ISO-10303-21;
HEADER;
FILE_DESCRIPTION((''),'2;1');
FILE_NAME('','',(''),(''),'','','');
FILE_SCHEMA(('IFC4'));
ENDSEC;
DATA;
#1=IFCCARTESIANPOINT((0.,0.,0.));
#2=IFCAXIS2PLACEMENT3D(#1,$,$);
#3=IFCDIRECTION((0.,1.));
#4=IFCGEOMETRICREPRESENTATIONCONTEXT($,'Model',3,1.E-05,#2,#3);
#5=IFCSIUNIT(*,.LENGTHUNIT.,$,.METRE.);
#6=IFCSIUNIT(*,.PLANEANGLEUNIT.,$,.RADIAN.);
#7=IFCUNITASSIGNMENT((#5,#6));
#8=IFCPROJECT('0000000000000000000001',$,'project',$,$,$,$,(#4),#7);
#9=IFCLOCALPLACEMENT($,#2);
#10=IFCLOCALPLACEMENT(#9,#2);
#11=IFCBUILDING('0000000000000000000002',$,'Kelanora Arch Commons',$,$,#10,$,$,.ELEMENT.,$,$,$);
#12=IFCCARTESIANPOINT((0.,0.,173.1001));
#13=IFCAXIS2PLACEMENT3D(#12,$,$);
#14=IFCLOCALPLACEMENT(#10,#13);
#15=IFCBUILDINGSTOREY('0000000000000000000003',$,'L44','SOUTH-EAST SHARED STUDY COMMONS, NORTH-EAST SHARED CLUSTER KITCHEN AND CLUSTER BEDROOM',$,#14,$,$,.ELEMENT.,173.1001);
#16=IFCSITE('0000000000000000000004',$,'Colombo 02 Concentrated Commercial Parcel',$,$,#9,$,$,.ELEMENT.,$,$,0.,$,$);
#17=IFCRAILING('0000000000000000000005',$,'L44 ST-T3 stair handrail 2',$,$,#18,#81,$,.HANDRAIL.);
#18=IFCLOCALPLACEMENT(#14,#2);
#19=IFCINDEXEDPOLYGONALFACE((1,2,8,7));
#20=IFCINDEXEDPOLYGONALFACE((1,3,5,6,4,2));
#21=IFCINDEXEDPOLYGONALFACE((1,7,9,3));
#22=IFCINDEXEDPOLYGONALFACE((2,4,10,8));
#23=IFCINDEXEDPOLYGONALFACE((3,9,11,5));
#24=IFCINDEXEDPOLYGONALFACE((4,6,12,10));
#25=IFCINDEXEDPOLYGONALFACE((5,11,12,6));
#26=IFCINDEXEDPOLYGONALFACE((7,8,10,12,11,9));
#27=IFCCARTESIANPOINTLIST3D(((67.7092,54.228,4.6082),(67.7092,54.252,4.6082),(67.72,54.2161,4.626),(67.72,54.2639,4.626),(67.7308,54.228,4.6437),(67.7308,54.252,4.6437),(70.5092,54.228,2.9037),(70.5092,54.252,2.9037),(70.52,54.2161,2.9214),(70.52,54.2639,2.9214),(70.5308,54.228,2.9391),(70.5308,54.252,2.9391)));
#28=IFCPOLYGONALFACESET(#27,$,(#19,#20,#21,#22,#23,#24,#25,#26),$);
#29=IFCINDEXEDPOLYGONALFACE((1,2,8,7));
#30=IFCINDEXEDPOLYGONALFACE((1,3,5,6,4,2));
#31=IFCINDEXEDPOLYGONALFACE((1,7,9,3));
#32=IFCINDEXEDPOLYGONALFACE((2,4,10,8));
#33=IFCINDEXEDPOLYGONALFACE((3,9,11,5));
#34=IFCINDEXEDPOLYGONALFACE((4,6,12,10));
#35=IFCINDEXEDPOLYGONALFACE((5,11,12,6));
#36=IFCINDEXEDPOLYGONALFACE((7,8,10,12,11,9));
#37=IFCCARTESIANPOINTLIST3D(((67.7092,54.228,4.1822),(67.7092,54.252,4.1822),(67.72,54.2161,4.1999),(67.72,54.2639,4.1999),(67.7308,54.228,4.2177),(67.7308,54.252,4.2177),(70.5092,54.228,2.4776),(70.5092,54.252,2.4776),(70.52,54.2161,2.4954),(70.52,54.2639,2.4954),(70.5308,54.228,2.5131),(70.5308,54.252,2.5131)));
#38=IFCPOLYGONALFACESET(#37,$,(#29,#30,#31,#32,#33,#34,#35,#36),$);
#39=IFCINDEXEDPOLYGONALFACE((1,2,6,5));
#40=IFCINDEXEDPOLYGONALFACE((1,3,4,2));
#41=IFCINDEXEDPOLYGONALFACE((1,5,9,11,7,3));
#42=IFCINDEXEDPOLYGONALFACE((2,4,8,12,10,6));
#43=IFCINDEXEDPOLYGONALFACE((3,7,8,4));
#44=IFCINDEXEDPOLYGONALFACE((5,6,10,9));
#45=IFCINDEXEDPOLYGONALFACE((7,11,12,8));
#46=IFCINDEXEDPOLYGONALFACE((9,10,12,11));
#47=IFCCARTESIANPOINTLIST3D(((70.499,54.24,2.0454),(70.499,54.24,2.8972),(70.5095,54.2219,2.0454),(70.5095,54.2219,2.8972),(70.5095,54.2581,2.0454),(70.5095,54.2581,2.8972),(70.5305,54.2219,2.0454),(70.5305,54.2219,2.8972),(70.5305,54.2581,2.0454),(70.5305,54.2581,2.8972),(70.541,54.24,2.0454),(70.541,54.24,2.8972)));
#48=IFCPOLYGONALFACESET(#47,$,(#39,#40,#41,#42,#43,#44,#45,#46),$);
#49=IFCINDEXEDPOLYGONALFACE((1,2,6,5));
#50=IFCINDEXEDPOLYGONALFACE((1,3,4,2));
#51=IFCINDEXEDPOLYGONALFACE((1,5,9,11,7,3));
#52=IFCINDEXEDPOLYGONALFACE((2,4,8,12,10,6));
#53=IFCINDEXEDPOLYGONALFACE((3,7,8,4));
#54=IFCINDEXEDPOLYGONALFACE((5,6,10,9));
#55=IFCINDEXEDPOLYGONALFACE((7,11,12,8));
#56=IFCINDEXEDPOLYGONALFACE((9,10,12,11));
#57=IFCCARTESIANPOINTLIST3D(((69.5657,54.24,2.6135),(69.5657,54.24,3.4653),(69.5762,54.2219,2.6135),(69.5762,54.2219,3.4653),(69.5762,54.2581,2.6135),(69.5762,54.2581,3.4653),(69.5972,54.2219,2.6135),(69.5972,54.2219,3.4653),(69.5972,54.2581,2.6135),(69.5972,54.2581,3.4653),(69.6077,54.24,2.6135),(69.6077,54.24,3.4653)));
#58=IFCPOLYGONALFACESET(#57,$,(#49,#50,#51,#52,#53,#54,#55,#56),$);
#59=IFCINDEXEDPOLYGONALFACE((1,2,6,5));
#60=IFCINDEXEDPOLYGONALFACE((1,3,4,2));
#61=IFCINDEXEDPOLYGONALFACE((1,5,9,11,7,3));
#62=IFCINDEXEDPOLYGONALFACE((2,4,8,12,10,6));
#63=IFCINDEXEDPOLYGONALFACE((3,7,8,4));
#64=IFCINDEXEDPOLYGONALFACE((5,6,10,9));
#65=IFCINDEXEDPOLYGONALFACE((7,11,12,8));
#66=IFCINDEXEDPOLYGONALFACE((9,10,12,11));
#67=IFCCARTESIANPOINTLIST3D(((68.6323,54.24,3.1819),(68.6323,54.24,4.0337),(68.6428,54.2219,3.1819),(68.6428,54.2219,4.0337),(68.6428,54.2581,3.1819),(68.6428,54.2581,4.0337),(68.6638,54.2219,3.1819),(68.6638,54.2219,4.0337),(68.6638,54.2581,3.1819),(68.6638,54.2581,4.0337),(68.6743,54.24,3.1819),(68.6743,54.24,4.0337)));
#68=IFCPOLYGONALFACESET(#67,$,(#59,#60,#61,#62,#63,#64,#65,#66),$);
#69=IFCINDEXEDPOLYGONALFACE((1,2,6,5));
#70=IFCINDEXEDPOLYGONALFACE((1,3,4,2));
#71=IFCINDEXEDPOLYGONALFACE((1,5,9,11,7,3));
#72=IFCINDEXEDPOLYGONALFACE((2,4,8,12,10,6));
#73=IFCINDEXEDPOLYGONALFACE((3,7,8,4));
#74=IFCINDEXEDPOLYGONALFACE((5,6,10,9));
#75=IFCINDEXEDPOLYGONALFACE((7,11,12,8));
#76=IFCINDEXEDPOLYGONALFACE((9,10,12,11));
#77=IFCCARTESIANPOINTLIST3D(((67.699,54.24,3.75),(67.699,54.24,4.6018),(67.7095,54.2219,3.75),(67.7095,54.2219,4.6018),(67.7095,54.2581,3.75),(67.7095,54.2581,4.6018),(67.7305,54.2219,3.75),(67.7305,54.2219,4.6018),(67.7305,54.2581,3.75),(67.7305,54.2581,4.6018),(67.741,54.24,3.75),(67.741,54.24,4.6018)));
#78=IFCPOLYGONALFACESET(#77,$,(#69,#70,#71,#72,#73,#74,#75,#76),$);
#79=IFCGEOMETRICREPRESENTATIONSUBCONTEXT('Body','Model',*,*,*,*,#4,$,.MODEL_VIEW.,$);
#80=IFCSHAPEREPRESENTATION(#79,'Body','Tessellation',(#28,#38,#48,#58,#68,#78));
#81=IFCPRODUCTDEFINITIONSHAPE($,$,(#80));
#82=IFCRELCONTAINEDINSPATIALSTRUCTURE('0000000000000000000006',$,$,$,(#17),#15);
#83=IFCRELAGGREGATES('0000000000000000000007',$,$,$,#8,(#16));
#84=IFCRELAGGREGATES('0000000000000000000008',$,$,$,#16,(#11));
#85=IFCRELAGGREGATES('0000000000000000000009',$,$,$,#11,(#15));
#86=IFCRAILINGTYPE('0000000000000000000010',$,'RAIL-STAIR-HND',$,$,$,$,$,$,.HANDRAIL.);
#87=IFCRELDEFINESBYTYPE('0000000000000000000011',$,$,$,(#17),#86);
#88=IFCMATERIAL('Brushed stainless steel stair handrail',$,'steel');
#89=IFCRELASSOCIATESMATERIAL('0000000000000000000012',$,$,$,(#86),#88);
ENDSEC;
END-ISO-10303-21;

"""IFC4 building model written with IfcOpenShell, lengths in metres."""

from ifc_helpers import new_model, si_unit, direction, frame, origin, place, context, subcontext, project, spatial, polyline, outline, extrude, material, type_object, element, save


model = new_model("IFC4")

# Units and contexts
model_context = context("Model", 3, precision=1e-05, world=origin(), true_north=direction((0.0, 1.0)))
body_context = subcontext(model_context, "Body", "Model", "MODEL_VIEW")
ifc_project = project(units=[si_unit("LENGTHUNIT", "METRE"), si_unit("PLANEANGLEUNIT", "RADIAN")], contexts=[model_context])

# Site, building, storey
site_placement = place(None, origin())
site = spatial("IfcSite", under=ifc_project, at=site_placement, Name="Colombo 02 Concentrated Commercial Parcel", CompositionType="ELEMENT", RefElevation=0.0)
building_placement = place(site_placement, origin())
building = spatial("IfcBuilding", under=site, at=building_placement, Name="Kelanora Arch Commons", CompositionType="ELEMENT")
storey_placement = place(building_placement, frame((0.0, 0.0, 173.1001)))
storey = spatial("IfcBuildingStorey", under=building, at=storey_placement, Name="L44", Description="SOUTH-EAST SHARED STUDY COMMONS, NORTH-EAST SHARED CLUSTER KITCHEN AND CLUSTER BEDROOM", CompositionType="ELEMENT", Elevation=173.1001)

# Railing
ifc_material_1 = material(Name="Brushed stainless steel stair handrail", Category="steel")
railing_type_1 = type_object("IfcRailingType", Name="RAIL-STAIR-HND", PredefinedType="HANDRAIL", material=ifc_material_1)
railing_1_placement = place(storey_placement, frame((70.52, 54.24, 2.0454)))
element("IfcRailing", 1, at=railing_1_placement, inside=storey, type_object=railing_type_1, Name="L44 ST-T3 stair handrail 2", PredefinedType="HANDRAIL", context=body_context, shape_type="SweptSolid", body=[
    extrude(outline(polyline([(0.0239, 0.0), (0.012, 0.0208), (-0.012, 0.0208), (-0.0239, 0.0), (-0.012, -0.0208), (0.012, -0.0208), (0.0239, 0.0)])), frame((0.0, 0.0, 0.876), z_axis=(-0.85417, 0.0, 0.519994), x_axis=(0.0, -1.0, 0.0)), (0.0, 0.0, 1.0), 3.2781),
    extrude(outline(polyline([(0.0239, 0.0), (0.012, 0.0208), (-0.012, 0.0208), (-0.0239, 0.0), (-0.012, -0.0208), (0.012, -0.0208), (0.0239, 0.0)])), frame((0.0, 0.0, 0.45), z_axis=(-0.85417, 0.0, 0.519994), x_axis=(0.0, -1.0, 0.0)), (0.0, 0.0, 1.0), 3.2781),
    extrude(outline(polyline([(0.021, 0.0), (0.0105, 0.0181), (-0.0105, 0.0181), (-0.021, 0.0), (-0.0105, -0.0181), (0.0105, -0.0181), (0.021, 0.0)])), origin(), (0.0, 0.0, 1.0), 0.8518),
    extrude(outline(polyline([(0.021, 0.0), (0.0105, 0.0181), (-0.0105, 0.0181), (-0.021, 0.0), (-0.0105, -0.0181), (0.0105, -0.0181), (0.021, 0.0)])), frame((-0.9333, 0.0, 0.5681)), (0.0, 0.0, 1.0), 0.8518),
    extrude(outline(polyline([(0.021, 0.0), (0.0105, 0.0181), (-0.0105, 0.0181), (-0.021, 0.0), (-0.0105, -0.0181), (0.0105, -0.0181), (0.021, 0.0)])), frame((-1.8667, 0.0, 1.1365)), (0.0, 0.0, 1.0), 0.8518),
    extrude(outline(polyline([(0.021, 0.0), (0.0105, 0.0181), (-0.0105, 0.0181), (-0.021, 0.0), (-0.0105, -0.0181), (0.0105, -0.0181), (0.021, 0.0)])), frame((-2.8, 0.0, 1.7046)), (0.0, 0.0, 1.0), 0.8518),
])

save(model, "model.ifc")
